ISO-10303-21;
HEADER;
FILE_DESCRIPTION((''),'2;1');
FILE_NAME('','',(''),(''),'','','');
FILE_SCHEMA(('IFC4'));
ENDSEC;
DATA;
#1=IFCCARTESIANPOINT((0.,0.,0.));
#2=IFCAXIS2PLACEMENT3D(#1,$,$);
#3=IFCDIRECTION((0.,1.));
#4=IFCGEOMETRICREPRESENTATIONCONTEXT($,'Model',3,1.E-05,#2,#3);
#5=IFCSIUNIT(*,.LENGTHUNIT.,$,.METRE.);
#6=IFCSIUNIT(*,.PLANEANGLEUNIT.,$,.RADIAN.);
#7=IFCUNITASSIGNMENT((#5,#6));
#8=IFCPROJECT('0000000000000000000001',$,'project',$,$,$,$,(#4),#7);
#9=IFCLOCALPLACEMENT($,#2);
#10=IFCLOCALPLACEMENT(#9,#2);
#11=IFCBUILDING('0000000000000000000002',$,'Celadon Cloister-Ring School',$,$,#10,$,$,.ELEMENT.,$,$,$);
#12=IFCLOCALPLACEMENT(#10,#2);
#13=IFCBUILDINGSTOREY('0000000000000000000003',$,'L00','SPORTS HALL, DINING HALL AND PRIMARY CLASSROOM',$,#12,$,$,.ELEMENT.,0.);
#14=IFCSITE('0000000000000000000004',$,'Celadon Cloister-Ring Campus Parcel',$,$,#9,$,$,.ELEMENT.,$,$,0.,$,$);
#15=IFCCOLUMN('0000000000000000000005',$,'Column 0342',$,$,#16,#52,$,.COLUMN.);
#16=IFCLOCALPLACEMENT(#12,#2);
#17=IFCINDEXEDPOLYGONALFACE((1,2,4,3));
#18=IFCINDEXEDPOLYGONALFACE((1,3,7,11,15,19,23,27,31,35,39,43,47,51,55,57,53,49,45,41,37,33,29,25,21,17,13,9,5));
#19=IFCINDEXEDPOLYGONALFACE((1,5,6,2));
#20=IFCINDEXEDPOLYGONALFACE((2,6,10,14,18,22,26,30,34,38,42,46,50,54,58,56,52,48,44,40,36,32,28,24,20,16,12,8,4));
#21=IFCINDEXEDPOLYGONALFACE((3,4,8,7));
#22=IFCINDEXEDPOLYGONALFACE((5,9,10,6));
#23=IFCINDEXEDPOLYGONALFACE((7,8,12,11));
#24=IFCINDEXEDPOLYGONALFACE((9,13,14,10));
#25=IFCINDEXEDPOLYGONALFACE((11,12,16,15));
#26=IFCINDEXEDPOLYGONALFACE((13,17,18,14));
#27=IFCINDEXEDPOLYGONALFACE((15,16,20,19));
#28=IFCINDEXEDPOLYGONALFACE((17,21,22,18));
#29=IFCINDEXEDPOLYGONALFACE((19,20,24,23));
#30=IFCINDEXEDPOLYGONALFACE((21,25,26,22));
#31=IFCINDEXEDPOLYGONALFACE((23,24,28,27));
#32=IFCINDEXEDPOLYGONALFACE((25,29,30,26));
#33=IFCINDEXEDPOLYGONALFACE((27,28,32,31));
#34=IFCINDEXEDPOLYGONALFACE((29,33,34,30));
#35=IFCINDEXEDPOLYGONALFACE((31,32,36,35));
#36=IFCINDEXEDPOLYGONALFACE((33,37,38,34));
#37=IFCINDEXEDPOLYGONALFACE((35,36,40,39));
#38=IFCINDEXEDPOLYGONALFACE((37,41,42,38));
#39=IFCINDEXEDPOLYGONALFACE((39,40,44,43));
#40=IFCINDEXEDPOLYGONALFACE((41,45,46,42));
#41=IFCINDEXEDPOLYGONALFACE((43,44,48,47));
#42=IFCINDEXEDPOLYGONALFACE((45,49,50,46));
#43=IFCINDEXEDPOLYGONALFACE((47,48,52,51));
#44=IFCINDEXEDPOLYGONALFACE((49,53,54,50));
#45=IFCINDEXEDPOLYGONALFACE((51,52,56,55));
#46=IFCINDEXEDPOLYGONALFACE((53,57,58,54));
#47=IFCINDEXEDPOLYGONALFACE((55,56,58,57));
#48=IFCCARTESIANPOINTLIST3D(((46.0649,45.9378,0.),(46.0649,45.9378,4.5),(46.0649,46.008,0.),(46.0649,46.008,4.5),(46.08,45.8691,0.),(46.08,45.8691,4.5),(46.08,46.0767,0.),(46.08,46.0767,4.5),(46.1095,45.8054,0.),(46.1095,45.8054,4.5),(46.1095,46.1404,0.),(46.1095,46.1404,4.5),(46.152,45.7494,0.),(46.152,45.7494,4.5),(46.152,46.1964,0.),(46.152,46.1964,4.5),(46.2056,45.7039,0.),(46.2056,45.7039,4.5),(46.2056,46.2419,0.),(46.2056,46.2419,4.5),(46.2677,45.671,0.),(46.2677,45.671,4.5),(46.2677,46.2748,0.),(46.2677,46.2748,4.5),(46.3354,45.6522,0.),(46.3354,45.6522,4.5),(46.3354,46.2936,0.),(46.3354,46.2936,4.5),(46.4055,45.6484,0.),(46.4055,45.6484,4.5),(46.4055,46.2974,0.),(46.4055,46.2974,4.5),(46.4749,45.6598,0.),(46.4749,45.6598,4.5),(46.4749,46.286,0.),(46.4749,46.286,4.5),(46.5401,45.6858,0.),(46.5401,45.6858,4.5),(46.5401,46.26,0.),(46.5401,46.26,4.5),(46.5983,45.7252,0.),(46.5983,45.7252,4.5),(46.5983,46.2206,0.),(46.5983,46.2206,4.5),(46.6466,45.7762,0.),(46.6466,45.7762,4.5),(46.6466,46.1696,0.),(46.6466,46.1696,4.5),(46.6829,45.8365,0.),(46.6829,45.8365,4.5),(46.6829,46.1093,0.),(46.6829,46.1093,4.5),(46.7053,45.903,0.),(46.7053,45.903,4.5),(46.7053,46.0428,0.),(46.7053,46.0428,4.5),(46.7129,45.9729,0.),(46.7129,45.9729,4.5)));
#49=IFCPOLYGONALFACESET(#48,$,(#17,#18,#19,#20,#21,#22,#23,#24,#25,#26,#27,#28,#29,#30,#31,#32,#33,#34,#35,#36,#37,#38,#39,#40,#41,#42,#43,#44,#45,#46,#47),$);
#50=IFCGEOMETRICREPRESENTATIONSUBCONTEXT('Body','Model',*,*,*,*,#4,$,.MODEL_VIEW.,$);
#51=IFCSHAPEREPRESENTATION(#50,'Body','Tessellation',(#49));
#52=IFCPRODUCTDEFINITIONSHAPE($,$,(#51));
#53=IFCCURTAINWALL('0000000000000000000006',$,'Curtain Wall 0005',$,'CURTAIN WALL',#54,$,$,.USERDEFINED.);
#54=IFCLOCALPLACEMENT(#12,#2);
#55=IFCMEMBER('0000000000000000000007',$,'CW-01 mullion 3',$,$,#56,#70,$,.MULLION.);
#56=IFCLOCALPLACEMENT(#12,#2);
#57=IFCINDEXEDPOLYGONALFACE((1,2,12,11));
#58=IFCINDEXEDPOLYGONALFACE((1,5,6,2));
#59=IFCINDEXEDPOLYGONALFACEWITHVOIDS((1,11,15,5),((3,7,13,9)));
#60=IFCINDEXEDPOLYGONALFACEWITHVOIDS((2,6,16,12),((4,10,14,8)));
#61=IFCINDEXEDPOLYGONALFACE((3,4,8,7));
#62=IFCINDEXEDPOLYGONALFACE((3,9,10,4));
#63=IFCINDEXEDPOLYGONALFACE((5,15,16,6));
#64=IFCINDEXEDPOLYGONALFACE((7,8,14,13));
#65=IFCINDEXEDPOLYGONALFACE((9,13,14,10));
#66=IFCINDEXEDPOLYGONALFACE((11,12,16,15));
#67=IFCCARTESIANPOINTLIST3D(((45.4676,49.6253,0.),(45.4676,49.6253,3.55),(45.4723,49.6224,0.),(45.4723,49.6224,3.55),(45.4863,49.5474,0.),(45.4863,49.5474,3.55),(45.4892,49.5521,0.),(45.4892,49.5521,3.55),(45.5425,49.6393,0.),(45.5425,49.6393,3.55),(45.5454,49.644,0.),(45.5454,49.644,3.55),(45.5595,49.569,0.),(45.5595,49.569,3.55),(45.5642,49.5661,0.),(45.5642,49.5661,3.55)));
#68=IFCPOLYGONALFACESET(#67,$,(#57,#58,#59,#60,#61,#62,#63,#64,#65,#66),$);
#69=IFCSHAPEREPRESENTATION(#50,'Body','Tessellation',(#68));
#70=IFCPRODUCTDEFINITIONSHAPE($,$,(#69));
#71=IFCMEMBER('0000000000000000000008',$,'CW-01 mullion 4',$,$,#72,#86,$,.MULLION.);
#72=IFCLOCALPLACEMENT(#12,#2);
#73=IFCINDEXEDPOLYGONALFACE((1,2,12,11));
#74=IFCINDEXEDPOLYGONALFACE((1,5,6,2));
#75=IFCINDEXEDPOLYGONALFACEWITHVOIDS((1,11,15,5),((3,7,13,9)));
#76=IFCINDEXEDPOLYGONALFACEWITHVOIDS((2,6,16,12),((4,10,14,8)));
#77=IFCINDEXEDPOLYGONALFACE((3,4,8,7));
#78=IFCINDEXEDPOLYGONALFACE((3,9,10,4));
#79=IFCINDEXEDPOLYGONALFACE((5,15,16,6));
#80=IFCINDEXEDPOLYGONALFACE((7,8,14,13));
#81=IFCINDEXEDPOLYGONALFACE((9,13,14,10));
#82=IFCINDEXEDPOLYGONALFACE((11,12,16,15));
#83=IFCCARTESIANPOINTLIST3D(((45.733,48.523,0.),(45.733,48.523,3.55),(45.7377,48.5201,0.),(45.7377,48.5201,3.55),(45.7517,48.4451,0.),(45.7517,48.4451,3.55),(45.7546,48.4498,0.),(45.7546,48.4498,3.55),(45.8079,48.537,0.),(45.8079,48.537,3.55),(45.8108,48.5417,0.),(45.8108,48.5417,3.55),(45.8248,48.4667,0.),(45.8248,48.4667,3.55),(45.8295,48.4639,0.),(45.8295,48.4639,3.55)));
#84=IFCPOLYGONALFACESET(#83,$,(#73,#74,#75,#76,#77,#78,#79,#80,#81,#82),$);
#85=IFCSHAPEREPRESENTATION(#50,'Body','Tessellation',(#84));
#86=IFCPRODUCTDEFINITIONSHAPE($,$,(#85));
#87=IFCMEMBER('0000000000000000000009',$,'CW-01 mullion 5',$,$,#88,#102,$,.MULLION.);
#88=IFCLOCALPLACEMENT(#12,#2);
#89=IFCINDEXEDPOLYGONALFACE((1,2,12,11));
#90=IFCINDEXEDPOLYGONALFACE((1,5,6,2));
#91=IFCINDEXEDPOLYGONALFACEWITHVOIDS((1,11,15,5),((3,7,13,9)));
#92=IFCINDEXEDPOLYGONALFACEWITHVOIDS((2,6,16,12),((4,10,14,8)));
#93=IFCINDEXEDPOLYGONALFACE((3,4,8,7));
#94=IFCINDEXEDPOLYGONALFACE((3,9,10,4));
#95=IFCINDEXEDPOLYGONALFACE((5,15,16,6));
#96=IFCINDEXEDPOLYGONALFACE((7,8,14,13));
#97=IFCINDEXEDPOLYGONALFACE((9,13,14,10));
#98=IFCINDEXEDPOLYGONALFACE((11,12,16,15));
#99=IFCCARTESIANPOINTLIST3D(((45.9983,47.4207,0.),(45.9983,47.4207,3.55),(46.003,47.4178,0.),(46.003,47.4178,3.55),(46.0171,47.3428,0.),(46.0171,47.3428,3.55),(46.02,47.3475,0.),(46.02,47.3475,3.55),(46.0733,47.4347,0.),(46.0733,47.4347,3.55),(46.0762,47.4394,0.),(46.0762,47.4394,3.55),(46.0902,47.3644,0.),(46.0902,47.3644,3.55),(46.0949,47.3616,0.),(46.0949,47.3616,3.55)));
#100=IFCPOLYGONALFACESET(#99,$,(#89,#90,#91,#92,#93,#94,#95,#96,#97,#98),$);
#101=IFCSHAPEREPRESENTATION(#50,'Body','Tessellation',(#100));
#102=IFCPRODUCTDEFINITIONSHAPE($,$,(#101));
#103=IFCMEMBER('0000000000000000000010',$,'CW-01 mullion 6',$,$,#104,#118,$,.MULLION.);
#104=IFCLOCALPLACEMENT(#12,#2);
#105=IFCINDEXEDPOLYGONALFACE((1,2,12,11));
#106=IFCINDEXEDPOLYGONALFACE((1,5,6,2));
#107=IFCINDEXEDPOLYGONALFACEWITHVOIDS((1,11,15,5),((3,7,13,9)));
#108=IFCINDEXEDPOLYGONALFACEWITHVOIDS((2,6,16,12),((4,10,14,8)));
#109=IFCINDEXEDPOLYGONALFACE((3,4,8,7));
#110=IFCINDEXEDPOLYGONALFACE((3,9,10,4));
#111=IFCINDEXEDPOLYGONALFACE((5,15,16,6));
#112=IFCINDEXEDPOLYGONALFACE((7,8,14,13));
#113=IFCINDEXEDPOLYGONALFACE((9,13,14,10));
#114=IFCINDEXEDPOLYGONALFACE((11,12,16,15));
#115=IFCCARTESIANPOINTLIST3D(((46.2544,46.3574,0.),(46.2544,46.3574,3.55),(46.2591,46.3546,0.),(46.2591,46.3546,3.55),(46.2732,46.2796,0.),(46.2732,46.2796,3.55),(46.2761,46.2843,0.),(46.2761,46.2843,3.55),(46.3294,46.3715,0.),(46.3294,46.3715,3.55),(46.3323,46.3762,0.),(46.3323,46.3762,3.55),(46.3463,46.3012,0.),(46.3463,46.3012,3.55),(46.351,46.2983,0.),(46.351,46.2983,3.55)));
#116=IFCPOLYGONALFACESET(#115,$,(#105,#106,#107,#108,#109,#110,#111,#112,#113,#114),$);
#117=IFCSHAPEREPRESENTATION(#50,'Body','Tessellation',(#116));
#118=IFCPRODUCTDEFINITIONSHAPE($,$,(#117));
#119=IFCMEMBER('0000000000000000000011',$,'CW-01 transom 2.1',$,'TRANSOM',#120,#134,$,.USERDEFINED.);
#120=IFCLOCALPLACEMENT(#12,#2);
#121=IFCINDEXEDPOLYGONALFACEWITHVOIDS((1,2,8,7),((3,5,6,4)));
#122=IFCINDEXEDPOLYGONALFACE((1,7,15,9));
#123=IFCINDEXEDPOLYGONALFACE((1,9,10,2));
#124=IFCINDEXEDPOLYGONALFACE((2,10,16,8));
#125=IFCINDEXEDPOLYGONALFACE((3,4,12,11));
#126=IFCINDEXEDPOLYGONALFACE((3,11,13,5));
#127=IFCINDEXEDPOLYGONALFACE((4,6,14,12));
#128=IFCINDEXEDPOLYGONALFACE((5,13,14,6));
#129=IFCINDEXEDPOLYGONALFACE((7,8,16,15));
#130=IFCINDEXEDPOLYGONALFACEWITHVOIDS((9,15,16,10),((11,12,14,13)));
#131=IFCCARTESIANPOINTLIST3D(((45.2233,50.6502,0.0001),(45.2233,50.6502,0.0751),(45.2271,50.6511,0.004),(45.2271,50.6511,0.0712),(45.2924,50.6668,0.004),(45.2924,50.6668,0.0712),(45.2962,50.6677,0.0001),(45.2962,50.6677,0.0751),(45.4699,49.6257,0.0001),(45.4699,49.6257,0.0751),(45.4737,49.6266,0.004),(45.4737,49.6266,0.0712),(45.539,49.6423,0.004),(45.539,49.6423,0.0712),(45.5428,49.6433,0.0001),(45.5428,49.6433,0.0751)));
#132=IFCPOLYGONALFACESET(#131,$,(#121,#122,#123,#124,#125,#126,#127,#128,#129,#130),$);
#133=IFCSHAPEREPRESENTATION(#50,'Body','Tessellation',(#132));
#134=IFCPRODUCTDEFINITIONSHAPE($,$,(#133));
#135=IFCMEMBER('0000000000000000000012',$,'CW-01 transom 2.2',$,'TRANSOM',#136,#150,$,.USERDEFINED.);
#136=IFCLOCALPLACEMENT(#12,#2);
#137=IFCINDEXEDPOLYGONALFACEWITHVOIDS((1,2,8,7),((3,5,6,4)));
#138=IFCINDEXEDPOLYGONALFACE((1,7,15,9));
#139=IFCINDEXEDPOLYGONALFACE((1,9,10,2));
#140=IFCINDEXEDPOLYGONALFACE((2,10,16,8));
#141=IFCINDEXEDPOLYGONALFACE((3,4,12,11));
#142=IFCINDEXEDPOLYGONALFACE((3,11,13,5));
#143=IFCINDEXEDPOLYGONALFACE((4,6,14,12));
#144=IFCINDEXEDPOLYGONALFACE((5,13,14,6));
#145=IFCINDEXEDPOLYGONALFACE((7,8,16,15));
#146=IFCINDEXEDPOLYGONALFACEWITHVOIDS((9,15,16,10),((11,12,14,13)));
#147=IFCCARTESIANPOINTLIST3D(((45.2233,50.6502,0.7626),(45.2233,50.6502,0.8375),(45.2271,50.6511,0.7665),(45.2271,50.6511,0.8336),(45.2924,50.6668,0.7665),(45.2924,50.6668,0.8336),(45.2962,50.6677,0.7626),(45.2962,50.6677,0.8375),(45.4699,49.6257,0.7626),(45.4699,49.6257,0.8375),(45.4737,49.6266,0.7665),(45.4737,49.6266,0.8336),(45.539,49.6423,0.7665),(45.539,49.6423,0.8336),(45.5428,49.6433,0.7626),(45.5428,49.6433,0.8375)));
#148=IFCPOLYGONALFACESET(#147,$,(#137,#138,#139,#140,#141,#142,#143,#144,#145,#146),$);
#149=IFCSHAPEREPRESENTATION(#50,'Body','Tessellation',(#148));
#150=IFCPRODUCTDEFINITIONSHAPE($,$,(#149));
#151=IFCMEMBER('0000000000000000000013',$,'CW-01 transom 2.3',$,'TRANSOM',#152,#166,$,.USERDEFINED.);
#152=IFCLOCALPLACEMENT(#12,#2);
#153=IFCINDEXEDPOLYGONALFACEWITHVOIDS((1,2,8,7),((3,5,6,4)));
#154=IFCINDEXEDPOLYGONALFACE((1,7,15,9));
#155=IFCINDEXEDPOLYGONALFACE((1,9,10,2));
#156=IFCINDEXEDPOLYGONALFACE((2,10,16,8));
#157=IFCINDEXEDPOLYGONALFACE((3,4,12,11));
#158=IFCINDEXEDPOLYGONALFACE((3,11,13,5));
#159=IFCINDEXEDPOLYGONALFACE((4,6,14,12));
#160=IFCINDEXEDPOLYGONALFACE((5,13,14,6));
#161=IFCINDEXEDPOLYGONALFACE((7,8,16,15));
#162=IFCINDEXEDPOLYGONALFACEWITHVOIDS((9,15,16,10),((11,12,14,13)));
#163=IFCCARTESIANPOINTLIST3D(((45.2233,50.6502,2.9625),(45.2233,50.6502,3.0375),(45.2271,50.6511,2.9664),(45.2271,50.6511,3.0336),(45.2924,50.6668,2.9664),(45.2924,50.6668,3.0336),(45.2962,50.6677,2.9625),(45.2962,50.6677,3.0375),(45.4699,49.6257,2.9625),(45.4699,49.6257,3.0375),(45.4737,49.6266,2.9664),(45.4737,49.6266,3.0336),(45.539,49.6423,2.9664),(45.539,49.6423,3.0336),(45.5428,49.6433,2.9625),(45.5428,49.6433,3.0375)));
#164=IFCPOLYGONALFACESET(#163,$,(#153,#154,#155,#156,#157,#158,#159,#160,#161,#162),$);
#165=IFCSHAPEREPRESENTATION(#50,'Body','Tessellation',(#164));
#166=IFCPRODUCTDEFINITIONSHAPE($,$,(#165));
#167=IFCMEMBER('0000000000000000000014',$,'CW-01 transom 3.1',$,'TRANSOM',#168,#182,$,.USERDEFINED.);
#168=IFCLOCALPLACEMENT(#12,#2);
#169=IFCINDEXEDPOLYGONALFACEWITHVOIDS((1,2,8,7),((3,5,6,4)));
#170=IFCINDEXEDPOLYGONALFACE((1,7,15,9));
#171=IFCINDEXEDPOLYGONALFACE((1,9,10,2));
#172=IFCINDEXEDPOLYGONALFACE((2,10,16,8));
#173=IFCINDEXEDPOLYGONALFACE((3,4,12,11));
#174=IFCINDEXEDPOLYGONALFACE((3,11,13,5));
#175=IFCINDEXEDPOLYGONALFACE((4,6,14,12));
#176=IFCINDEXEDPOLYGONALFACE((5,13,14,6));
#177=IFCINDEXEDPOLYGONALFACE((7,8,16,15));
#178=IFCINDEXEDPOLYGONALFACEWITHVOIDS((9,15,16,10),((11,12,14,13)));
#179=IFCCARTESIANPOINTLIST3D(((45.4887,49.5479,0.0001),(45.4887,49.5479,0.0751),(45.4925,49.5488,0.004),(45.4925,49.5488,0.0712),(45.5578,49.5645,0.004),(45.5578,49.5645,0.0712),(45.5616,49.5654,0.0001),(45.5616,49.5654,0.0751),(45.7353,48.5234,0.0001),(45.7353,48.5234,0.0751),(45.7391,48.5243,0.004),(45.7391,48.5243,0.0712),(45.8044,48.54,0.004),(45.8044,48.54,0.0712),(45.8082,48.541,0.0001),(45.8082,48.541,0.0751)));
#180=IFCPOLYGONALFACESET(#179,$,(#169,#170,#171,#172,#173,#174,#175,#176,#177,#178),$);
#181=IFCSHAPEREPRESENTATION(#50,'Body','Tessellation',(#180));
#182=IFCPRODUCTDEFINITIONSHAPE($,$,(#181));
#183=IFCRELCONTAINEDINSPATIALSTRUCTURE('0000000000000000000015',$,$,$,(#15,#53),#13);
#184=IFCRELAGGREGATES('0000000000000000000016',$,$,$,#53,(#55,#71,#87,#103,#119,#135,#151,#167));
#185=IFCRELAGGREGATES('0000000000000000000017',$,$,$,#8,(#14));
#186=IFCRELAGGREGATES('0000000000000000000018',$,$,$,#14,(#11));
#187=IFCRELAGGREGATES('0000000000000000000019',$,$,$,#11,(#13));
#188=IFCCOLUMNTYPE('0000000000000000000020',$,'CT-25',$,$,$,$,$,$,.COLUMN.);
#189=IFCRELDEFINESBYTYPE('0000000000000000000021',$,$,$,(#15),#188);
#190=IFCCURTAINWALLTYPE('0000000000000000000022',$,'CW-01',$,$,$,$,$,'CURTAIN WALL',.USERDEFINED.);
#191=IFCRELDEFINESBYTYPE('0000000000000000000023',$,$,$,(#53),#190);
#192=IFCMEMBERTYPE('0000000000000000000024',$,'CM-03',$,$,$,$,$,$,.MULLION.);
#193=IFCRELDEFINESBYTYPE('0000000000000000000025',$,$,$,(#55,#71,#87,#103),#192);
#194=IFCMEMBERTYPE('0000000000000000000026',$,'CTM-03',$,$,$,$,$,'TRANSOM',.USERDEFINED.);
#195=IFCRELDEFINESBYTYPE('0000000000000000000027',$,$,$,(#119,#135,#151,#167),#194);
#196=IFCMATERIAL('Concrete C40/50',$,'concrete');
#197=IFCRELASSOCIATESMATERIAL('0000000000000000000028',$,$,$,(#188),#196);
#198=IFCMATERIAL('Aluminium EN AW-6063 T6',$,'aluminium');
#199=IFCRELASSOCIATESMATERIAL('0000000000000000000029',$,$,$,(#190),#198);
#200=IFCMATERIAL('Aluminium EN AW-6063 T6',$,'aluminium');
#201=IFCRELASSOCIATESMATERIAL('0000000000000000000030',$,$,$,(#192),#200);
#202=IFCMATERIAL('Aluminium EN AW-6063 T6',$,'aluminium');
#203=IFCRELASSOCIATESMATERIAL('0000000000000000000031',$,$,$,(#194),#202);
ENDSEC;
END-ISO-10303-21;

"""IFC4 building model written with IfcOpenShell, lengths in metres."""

from ifc_helpers import new_model, si_unit, direction, frame, origin, origin_2d, place, context, subcontext, project, spatial, hollow_rectangle, circle, extrude, material, material_profile, profile_set, type_object, element, aggregate, save


model = new_model("IFC4")

# Units and contexts
model_context = context("Model", 3, precision=1e-05, world=origin(), true_north=direction((0.0, 1.0)))
body_context = subcontext(model_context, "Body", "Model", "MODEL_VIEW")
ifc_project = project(units=[si_unit("LENGTHUNIT", "METRE"), si_unit("PLANEANGLEUNIT", "RADIAN")], contexts=[model_context])

# Site, building, storey
site_placement = place(None, origin())
site = spatial("IfcSite", under=ifc_project, at=site_placement, Name="Celadon Cloister-Ring Campus Parcel", CompositionType="ELEMENT", RefElevation=0.0)
building_placement = place(site_placement, origin())
building = spatial("IfcBuilding", under=site, at=building_placement, Name="Celadon Cloister-Ring School", CompositionType="ELEMENT")
storey_placement = place(building_placement, origin())
storey = spatial("IfcBuildingStorey", under=building, at=storey_placement, Name="L00", Description="SPORTS HALL, DINING HALL AND PRIMARY CLASSROOM", CompositionType="ELEMENT", Elevation=0.0)

# Column
ifc_material_1 = material(Name="Concrete C40/50", Category="concrete")
ifc_material_profile_1 = material_profile(ifc_material_1, circle(Radius=0.325, at=origin_2d()), Name="CIRC650")
ifc_profile_set_1 = profile_set([ifc_material_profile_1], Name="Concrete C40/50")
column_type = type_object("IfcColumnType", Name="CT-25", PredefinedType="COLUMN", material=ifc_profile_set_1)
column_placement = place(storey_placement, frame((46.3879, 45.9729, 0.0), z_axis=(0.0, 0.0, 1.0), x_axis=(1.0, 0.0, 0.0)))
element("IfcColumn", 1, at=column_placement, inside=storey, type_object=column_type, Name="Column 0342", PredefinedType="COLUMN", context=body_context, shape_type="SweptSolid", body=[
    extrude(circle(Radius=0.325, at=origin_2d()), origin(), (0.0, 0.0, 1.0), 4.5),
])

# Curtain wall, members
ifc_material_2 = material(Name="Aluminium EN AW-6063 T6", Category="aluminium")
curtain_wall_type = type_object("IfcCurtainWallType", Name="CW-01", ElementType="CURTAIN WALL", PredefinedType="USERDEFINED", material=ifc_material_2)
curtain_wall_placement = place(storey_placement, origin())
curtain_wall = element("IfcCurtainWall", 2, at=curtain_wall_placement, inside=storey, type_object=curtain_wall_type, Name="Curtain Wall 0005", ObjectType="CURTAIN WALL", PredefinedType="USERDEFINED")
ifc_material_3 = material(Name="Aluminium EN AW-6063 T6", Category="aluminium")
ifc_material_profile_2 = material_profile(ifc_material_3, hollow_rectangle(XDim=0.0801, YDim=0.0801, WallThickness=0.0039, at=origin_2d()), Name="RHS80X80X4")
ifc_profile_set_2 = profile_set([ifc_material_profile_2], Name="Aluminium EN AW-6063 T6")
member_type_1 = type_object("IfcMemberType", Name="CM-03", PredefinedType="MULLION", material=ifc_profile_set_2)
member_1_placement = place(storey_placement, frame((45.5159, 49.5957, 0.0), z_axis=(0.0, 0.0, 1.0), x_axis=(0.972212, 0.2341, 0.0)))
member_1 = element("IfcMember", 3, at=member_1_placement, type_object=member_type_1, Name="CW-01 mullion 3", PredefinedType="MULLION", context=body_context, shape_type="SweptSolid", body=[
    extrude(hollow_rectangle(XDim=0.0801, YDim=0.0801, WallThickness=0.0039, at=origin_2d()), origin(), (0.0, 0.0, 1.0), 3.55),
])
member_2_placement = place(storey_placement, frame((45.7812, 48.4934, 0.0), z_axis=(0.0, 0.0, 1.0), x_axis=(0.972212, 0.2341, 0.0)))
member_2 = element("IfcMember", 4, at=member_2_placement, type_object=member_type_1, Name="CW-01 mullion 4", PredefinedType="MULLION", context=body_context, shape_type="SweptSolid", body=[
    extrude(hollow_rectangle(XDim=0.0801, YDim=0.0801, WallThickness=0.0039, at=origin_2d()), origin(), (0.0, 0.0, 1.0), 3.55),
])
member_3_placement = place(storey_placement, frame((46.0466, 47.3911, 0.0), z_axis=(0.0, 0.0, 1.0), x_axis=(0.972212, 0.2341, 0.0)))
member_3 = element("IfcMember", 5, at=member_3_placement, type_object=member_type_1, Name="CW-01 mullion 5", PredefinedType="MULLION", context=body_context, shape_type="SweptSolid", body=[
    extrude(hollow_rectangle(XDim=0.0801, YDim=0.0801, WallThickness=0.0039, at=origin_2d()), origin(), (0.0, 0.0, 1.0), 3.55),
])
member_4_placement = place(storey_placement, frame((46.3027, 46.3279, 0.0), z_axis=(0.0, 0.0, 1.0), x_axis=(0.972212, 0.2341, 0.0)))
member_4 = element("IfcMember", 6, at=member_4_placement, type_object=member_type_1, Name="CW-01 mullion 6", PredefinedType="MULLION", context=body_context, shape_type="SweptSolid", body=[
    extrude(hollow_rectangle(XDim=0.0801, YDim=0.0801, WallThickness=0.0039, at=origin_2d()), origin(), (0.0, 0.0, 1.0), 3.55),
])
ifc_material_4 = material(Name="Aluminium EN AW-6063 T6", Category="aluminium")
ifc_material_profile_3 = material_profile(ifc_material_4, hollow_rectangle(XDim=0.075, YDim=0.075, WallThickness=0.0039, at=origin_2d()), Name="RHS75X75X4")
ifc_profile_set_3 = profile_set([ifc_material_profile_3], Name="Aluminium EN AW-6063 T6")
member_type_2 = type_object("IfcMemberType", Name="CTM-03", ElementType="TRANSOM", PredefinedType="USERDEFINED", material=ifc_profile_set_3)
member_5_placement = place(storey_placement, frame((45.2598, 50.6589, 0.0376), z_axis=(0.234021, -0.972231, 0.0), x_axis=(0.972231, 0.234021, 0.0)))
member_5 = element("IfcMember", 7, at=member_5_placement, type_object=member_type_2, Name="CW-01 transom 2.1", ObjectType="TRANSOM", PredefinedType="USERDEFINED", context=body_context, shape_type="SweptSolid", body=[
    extrude(hollow_rectangle(XDim=0.075, YDim=0.075, WallThickness=0.0039, at=origin_2d()), origin(), (0.0, 0.0, 1.0), 1.0537),
])
member_6_placement = place(storey_placement, frame((45.2598, 50.6589, 0.8), z_axis=(0.234021, -0.972231, 0.0), x_axis=(0.972231, 0.234021, 0.0)))
member_6 = element("IfcMember", 8, at=member_6_placement, type_object=member_type_2, Name="CW-01 transom 2.2", ObjectType="TRANSOM", PredefinedType="USERDEFINED", context=body_context, shape_type="SweptSolid", body=[
    extrude(hollow_rectangle(XDim=0.075, YDim=0.075, WallThickness=0.0039, at=origin_2d()), origin(), (0.0, 0.0, 1.0), 1.0537),
])
member_7_placement = place(storey_placement, frame((45.2598, 50.6589, 3.0), z_axis=(0.234021, -0.972231, 0.0), x_axis=(0.972231, 0.234021, 0.0)))
member_7 = element("IfcMember", 9, at=member_7_placement, type_object=member_type_2, Name="CW-01 transom 2.3", ObjectType="TRANSOM", PredefinedType="USERDEFINED", context=body_context, shape_type="SweptSolid", body=[
    extrude(hollow_rectangle(XDim=0.075, YDim=0.075, WallThickness=0.0039, at=origin_2d()), origin(), (0.0, 0.0, 1.0), 1.0537),
])
member_8_placement = place(storey_placement, frame((45.5251, 49.5566, 0.0376), z_axis=(0.234021, -0.972231, 0.0), x_axis=(0.972231, 0.234021, 0.0)))
member_8 = element("IfcMember", 10, at=member_8_placement, type_object=member_type_2, Name="CW-01 transom 3.1", ObjectType="TRANSOM", PredefinedType="USERDEFINED", context=body_context, shape_type="SweptSolid", body=[
    extrude(hollow_rectangle(XDim=0.075, YDim=0.075, WallThickness=0.0039, at=origin_2d()), origin(), (0.0, 0.0, 1.0), 1.0537),
])

aggregate(curtain_wall, [member_1, member_2, member_3, member_4, member_5, member_6, member_7, member_8])

save(model, "model.ifc")
